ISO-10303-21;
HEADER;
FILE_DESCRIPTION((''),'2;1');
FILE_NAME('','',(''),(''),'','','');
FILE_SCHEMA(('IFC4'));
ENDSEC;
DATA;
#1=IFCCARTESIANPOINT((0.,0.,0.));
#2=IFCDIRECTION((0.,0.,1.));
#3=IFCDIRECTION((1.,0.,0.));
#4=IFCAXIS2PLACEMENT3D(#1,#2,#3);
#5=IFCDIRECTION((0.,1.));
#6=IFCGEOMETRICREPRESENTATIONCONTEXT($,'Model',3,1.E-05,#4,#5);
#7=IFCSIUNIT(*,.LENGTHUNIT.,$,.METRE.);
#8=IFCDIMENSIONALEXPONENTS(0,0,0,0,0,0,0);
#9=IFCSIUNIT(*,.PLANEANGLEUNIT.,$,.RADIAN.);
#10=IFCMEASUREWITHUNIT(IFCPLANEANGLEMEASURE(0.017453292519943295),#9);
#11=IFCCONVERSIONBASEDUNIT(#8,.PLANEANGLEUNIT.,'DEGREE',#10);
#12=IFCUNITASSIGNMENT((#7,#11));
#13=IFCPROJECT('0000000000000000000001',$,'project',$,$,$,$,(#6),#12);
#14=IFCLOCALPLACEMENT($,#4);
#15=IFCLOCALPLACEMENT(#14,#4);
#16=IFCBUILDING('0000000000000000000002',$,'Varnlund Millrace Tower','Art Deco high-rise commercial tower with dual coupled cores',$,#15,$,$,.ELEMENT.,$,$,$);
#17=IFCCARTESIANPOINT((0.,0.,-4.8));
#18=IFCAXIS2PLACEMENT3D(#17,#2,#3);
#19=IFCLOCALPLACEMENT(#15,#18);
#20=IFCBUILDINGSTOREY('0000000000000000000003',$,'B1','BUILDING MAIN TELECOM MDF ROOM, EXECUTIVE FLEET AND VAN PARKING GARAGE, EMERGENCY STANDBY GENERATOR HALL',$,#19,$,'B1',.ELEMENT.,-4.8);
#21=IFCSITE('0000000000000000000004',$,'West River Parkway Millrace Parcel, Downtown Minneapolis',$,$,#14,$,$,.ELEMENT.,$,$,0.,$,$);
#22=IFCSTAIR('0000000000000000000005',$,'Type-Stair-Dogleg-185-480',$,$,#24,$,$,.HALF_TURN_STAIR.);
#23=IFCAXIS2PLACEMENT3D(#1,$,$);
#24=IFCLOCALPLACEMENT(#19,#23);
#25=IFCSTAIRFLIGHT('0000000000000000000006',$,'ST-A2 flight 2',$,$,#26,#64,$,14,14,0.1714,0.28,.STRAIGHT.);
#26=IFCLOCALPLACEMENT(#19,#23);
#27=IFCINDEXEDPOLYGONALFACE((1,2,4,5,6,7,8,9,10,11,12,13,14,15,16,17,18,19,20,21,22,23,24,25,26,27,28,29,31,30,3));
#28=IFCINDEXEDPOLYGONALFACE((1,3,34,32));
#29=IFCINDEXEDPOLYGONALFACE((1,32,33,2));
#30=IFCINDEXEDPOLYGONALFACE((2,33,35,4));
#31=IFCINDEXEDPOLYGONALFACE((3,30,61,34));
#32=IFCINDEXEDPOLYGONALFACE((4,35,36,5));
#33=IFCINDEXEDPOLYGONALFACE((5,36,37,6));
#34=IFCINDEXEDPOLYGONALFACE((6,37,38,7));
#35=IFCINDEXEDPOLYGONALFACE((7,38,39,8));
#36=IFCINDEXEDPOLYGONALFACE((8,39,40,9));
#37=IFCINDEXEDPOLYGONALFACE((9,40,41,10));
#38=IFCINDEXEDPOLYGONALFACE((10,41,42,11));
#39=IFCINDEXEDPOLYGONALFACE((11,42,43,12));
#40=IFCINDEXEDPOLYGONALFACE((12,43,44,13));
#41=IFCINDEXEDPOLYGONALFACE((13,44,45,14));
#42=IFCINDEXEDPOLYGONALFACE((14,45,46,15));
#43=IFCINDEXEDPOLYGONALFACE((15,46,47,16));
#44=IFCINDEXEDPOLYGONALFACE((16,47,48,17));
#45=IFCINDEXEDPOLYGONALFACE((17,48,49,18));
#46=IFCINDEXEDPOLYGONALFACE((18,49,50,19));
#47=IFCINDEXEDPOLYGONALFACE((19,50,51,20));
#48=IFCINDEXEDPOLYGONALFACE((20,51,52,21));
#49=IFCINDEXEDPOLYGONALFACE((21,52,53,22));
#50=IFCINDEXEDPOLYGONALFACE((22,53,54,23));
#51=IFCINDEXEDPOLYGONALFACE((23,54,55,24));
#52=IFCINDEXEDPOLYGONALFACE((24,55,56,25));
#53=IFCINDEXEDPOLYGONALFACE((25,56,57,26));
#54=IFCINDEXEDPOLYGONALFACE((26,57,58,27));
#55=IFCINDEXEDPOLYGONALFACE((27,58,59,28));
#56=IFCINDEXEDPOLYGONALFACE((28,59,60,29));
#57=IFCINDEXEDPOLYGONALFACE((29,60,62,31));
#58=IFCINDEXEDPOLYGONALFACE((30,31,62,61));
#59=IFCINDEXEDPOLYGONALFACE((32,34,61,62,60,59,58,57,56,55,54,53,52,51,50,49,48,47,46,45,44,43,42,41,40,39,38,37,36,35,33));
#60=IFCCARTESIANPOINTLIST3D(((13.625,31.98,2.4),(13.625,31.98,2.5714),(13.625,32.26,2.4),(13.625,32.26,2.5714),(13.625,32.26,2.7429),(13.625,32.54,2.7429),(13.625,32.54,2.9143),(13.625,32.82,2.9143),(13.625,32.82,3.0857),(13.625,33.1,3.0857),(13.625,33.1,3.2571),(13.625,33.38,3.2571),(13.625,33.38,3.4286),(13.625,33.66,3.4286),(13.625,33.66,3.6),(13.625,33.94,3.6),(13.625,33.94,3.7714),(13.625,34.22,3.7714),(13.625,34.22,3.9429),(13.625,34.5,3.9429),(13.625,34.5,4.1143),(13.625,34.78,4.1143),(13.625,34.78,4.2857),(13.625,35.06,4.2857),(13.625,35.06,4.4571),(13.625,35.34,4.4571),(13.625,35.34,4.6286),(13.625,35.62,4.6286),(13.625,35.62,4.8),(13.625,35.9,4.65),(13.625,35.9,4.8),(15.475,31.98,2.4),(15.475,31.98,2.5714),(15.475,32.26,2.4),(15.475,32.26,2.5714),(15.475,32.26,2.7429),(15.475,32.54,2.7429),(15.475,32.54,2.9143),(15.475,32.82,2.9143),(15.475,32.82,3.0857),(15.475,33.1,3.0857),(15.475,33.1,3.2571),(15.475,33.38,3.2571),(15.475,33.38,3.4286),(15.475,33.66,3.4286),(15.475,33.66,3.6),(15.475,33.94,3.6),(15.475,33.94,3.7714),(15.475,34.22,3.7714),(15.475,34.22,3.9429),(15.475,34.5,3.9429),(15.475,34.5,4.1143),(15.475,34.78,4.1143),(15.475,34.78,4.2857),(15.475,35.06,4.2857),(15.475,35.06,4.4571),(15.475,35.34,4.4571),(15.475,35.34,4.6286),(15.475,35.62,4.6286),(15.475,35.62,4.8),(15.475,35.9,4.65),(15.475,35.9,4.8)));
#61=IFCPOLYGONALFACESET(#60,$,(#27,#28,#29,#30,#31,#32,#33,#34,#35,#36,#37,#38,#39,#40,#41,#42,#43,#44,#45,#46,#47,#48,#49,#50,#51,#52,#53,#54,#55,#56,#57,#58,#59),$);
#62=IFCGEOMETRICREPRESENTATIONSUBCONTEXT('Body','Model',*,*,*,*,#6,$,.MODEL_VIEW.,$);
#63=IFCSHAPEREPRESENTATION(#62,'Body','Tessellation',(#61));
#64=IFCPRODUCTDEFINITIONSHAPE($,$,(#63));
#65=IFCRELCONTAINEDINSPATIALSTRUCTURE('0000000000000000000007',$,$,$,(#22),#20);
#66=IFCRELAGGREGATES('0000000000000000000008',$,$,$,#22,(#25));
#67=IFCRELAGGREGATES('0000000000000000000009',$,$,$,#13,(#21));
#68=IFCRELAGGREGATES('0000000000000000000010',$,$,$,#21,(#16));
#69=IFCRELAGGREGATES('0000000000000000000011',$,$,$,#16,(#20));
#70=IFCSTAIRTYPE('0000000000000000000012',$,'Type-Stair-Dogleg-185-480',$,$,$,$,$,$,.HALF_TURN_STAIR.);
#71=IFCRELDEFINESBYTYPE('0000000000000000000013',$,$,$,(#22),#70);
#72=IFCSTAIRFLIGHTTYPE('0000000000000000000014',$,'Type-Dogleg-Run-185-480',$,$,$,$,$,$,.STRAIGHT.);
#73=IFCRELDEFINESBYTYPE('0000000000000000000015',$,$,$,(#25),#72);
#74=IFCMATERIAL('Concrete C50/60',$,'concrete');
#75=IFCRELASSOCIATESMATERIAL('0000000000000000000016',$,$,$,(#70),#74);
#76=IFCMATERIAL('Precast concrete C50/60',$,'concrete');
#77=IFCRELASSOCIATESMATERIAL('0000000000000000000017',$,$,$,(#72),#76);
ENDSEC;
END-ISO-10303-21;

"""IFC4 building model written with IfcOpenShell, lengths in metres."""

from ifc_helpers import new_model, entity, si_unit, converted_unit, direction, frame, origin_with_axes, place, context, subcontext, project, spatial, polyline, outline, extrude, material, type_object, element, aggregate, save


model = new_model("IFC4")

# Units and contexts
model_context = context("Model", 3, precision=1e-05, world=origin_with_axes(), true_north=direction((0.0, 1.0)))
body_context = subcontext(model_context, "Body", "Model", "MODEL_VIEW")
ifc_project = project(units=[si_unit("LENGTHUNIT", "METRE"), converted_unit("PLANEANGLEUNIT", "DEGREE", entity("IfcPlaneAngleMeasure", 0.017453292519943295), si_unit("PLANEANGLEUNIT", "RADIAN"), dimensions=[0, 0, 0, 0, 0, 0, 0])], contexts=[model_context])

# Site, building, storey
site_placement = place(None, origin_with_axes())
site = spatial("IfcSite", under=ifc_project, at=site_placement, Name="West River Parkway Millrace Parcel, Downtown Minneapolis", CompositionType="ELEMENT", RefElevation=0.0)
building_placement = place(site_placement, origin_with_axes())
building = spatial("IfcBuilding", under=site, at=building_placement, Name="Varnlund Millrace Tower", Description="Art Deco high-rise commercial tower with dual coupled cores", CompositionType="ELEMENT")
storey_placement = place(building_placement, frame((0.0, 0.0, -4.8), z_axis=(0.0, 0.0, 1.0), x_axis=(1.0, 0.0, 0.0)))
storey = spatial("IfcBuildingStorey", under=building, at=storey_placement, Name="B1", Description="BUILDING MAIN TELECOM MDF ROOM, EXECUTIVE FLEET AND VAN PARKING GARAGE, EMERGENCY STANDBY GENERATOR HALL", LongName="B1", CompositionType="ELEMENT", Elevation=-4.8)

# Shared definitions
ifc_material_1 = material(Name="Concrete C50/60", Category="concrete")

# Stair, stair flight
stair_type = type_object("IfcStairType", Name="Type-Stair-Dogleg-185-480", PredefinedType="HALF_TURN_STAIR", material=ifc_material_1)
stair_placement = place(storey_placement, origin_with_axes())
stair = element("IfcStair", 1, at=stair_placement, inside=storey, type_object=stair_type, Name="Type-Stair-Dogleg-185-480", PredefinedType="HALF_TURN_STAIR")
ifc_material_2 = material(Name="Precast concrete C50/60", Category="concrete")
stair_flight_type = type_object("IfcStairFlightType", Name="Type-Dogleg-Run-185-480", PredefinedType="STRAIGHT", material=ifc_material_2)
stair_flight_1_placement = place(storey_placement, frame((13.625, 31.98, 2.4), z_axis=(1.0, 0.0, 0.0), x_axis=(0.0, 1.0, 0.0)))
stair_flight_1 = element("IfcStairFlight", 2, at=stair_flight_1_placement, type_object=stair_flight_type, Name="ST-A2 flight 2", NumberOfRisers=14, NumberOfTreads=14, PredefinedType="STRAIGHT", RiserHeight=0.1714, TreadLength=0.28, context=body_context, shape_type="SweptSolid", body=[
    extrude(outline(polyline([(0.0, 0.0), (0.0, 0.1714), (0.28, 0.1714), (0.28, 0.3429), (0.56, 0.3429), (0.56, 0.5143), (0.84, 0.5143), (0.84, 0.6857), (1.12, 0.6857), (1.12, 0.8571), (1.4, 0.8571), (1.4, 1.0286), (1.68, 1.0286), (1.68, 1.2), (1.96, 1.2), (1.96, 1.3714), (2.24, 1.3714), (2.24, 1.5429), (2.52, 1.5429), (2.52, 1.7143), (2.8, 1.7143), (2.8, 1.8857), (3.08, 1.8857), (3.08, 2.0571), (3.36, 2.0571), (3.36, 2.2286), (3.64, 2.2286), (3.64, 2.4), (3.92, 2.4), (3.92, 2.25), (0.28, 0.0), (0.0, 0.0)])), origin_with_axes(), (0.0, 0.0, 1.0), 1.85),
])
aggregate(stair, [stair_flight_1])

save(model, "model.ifc")
